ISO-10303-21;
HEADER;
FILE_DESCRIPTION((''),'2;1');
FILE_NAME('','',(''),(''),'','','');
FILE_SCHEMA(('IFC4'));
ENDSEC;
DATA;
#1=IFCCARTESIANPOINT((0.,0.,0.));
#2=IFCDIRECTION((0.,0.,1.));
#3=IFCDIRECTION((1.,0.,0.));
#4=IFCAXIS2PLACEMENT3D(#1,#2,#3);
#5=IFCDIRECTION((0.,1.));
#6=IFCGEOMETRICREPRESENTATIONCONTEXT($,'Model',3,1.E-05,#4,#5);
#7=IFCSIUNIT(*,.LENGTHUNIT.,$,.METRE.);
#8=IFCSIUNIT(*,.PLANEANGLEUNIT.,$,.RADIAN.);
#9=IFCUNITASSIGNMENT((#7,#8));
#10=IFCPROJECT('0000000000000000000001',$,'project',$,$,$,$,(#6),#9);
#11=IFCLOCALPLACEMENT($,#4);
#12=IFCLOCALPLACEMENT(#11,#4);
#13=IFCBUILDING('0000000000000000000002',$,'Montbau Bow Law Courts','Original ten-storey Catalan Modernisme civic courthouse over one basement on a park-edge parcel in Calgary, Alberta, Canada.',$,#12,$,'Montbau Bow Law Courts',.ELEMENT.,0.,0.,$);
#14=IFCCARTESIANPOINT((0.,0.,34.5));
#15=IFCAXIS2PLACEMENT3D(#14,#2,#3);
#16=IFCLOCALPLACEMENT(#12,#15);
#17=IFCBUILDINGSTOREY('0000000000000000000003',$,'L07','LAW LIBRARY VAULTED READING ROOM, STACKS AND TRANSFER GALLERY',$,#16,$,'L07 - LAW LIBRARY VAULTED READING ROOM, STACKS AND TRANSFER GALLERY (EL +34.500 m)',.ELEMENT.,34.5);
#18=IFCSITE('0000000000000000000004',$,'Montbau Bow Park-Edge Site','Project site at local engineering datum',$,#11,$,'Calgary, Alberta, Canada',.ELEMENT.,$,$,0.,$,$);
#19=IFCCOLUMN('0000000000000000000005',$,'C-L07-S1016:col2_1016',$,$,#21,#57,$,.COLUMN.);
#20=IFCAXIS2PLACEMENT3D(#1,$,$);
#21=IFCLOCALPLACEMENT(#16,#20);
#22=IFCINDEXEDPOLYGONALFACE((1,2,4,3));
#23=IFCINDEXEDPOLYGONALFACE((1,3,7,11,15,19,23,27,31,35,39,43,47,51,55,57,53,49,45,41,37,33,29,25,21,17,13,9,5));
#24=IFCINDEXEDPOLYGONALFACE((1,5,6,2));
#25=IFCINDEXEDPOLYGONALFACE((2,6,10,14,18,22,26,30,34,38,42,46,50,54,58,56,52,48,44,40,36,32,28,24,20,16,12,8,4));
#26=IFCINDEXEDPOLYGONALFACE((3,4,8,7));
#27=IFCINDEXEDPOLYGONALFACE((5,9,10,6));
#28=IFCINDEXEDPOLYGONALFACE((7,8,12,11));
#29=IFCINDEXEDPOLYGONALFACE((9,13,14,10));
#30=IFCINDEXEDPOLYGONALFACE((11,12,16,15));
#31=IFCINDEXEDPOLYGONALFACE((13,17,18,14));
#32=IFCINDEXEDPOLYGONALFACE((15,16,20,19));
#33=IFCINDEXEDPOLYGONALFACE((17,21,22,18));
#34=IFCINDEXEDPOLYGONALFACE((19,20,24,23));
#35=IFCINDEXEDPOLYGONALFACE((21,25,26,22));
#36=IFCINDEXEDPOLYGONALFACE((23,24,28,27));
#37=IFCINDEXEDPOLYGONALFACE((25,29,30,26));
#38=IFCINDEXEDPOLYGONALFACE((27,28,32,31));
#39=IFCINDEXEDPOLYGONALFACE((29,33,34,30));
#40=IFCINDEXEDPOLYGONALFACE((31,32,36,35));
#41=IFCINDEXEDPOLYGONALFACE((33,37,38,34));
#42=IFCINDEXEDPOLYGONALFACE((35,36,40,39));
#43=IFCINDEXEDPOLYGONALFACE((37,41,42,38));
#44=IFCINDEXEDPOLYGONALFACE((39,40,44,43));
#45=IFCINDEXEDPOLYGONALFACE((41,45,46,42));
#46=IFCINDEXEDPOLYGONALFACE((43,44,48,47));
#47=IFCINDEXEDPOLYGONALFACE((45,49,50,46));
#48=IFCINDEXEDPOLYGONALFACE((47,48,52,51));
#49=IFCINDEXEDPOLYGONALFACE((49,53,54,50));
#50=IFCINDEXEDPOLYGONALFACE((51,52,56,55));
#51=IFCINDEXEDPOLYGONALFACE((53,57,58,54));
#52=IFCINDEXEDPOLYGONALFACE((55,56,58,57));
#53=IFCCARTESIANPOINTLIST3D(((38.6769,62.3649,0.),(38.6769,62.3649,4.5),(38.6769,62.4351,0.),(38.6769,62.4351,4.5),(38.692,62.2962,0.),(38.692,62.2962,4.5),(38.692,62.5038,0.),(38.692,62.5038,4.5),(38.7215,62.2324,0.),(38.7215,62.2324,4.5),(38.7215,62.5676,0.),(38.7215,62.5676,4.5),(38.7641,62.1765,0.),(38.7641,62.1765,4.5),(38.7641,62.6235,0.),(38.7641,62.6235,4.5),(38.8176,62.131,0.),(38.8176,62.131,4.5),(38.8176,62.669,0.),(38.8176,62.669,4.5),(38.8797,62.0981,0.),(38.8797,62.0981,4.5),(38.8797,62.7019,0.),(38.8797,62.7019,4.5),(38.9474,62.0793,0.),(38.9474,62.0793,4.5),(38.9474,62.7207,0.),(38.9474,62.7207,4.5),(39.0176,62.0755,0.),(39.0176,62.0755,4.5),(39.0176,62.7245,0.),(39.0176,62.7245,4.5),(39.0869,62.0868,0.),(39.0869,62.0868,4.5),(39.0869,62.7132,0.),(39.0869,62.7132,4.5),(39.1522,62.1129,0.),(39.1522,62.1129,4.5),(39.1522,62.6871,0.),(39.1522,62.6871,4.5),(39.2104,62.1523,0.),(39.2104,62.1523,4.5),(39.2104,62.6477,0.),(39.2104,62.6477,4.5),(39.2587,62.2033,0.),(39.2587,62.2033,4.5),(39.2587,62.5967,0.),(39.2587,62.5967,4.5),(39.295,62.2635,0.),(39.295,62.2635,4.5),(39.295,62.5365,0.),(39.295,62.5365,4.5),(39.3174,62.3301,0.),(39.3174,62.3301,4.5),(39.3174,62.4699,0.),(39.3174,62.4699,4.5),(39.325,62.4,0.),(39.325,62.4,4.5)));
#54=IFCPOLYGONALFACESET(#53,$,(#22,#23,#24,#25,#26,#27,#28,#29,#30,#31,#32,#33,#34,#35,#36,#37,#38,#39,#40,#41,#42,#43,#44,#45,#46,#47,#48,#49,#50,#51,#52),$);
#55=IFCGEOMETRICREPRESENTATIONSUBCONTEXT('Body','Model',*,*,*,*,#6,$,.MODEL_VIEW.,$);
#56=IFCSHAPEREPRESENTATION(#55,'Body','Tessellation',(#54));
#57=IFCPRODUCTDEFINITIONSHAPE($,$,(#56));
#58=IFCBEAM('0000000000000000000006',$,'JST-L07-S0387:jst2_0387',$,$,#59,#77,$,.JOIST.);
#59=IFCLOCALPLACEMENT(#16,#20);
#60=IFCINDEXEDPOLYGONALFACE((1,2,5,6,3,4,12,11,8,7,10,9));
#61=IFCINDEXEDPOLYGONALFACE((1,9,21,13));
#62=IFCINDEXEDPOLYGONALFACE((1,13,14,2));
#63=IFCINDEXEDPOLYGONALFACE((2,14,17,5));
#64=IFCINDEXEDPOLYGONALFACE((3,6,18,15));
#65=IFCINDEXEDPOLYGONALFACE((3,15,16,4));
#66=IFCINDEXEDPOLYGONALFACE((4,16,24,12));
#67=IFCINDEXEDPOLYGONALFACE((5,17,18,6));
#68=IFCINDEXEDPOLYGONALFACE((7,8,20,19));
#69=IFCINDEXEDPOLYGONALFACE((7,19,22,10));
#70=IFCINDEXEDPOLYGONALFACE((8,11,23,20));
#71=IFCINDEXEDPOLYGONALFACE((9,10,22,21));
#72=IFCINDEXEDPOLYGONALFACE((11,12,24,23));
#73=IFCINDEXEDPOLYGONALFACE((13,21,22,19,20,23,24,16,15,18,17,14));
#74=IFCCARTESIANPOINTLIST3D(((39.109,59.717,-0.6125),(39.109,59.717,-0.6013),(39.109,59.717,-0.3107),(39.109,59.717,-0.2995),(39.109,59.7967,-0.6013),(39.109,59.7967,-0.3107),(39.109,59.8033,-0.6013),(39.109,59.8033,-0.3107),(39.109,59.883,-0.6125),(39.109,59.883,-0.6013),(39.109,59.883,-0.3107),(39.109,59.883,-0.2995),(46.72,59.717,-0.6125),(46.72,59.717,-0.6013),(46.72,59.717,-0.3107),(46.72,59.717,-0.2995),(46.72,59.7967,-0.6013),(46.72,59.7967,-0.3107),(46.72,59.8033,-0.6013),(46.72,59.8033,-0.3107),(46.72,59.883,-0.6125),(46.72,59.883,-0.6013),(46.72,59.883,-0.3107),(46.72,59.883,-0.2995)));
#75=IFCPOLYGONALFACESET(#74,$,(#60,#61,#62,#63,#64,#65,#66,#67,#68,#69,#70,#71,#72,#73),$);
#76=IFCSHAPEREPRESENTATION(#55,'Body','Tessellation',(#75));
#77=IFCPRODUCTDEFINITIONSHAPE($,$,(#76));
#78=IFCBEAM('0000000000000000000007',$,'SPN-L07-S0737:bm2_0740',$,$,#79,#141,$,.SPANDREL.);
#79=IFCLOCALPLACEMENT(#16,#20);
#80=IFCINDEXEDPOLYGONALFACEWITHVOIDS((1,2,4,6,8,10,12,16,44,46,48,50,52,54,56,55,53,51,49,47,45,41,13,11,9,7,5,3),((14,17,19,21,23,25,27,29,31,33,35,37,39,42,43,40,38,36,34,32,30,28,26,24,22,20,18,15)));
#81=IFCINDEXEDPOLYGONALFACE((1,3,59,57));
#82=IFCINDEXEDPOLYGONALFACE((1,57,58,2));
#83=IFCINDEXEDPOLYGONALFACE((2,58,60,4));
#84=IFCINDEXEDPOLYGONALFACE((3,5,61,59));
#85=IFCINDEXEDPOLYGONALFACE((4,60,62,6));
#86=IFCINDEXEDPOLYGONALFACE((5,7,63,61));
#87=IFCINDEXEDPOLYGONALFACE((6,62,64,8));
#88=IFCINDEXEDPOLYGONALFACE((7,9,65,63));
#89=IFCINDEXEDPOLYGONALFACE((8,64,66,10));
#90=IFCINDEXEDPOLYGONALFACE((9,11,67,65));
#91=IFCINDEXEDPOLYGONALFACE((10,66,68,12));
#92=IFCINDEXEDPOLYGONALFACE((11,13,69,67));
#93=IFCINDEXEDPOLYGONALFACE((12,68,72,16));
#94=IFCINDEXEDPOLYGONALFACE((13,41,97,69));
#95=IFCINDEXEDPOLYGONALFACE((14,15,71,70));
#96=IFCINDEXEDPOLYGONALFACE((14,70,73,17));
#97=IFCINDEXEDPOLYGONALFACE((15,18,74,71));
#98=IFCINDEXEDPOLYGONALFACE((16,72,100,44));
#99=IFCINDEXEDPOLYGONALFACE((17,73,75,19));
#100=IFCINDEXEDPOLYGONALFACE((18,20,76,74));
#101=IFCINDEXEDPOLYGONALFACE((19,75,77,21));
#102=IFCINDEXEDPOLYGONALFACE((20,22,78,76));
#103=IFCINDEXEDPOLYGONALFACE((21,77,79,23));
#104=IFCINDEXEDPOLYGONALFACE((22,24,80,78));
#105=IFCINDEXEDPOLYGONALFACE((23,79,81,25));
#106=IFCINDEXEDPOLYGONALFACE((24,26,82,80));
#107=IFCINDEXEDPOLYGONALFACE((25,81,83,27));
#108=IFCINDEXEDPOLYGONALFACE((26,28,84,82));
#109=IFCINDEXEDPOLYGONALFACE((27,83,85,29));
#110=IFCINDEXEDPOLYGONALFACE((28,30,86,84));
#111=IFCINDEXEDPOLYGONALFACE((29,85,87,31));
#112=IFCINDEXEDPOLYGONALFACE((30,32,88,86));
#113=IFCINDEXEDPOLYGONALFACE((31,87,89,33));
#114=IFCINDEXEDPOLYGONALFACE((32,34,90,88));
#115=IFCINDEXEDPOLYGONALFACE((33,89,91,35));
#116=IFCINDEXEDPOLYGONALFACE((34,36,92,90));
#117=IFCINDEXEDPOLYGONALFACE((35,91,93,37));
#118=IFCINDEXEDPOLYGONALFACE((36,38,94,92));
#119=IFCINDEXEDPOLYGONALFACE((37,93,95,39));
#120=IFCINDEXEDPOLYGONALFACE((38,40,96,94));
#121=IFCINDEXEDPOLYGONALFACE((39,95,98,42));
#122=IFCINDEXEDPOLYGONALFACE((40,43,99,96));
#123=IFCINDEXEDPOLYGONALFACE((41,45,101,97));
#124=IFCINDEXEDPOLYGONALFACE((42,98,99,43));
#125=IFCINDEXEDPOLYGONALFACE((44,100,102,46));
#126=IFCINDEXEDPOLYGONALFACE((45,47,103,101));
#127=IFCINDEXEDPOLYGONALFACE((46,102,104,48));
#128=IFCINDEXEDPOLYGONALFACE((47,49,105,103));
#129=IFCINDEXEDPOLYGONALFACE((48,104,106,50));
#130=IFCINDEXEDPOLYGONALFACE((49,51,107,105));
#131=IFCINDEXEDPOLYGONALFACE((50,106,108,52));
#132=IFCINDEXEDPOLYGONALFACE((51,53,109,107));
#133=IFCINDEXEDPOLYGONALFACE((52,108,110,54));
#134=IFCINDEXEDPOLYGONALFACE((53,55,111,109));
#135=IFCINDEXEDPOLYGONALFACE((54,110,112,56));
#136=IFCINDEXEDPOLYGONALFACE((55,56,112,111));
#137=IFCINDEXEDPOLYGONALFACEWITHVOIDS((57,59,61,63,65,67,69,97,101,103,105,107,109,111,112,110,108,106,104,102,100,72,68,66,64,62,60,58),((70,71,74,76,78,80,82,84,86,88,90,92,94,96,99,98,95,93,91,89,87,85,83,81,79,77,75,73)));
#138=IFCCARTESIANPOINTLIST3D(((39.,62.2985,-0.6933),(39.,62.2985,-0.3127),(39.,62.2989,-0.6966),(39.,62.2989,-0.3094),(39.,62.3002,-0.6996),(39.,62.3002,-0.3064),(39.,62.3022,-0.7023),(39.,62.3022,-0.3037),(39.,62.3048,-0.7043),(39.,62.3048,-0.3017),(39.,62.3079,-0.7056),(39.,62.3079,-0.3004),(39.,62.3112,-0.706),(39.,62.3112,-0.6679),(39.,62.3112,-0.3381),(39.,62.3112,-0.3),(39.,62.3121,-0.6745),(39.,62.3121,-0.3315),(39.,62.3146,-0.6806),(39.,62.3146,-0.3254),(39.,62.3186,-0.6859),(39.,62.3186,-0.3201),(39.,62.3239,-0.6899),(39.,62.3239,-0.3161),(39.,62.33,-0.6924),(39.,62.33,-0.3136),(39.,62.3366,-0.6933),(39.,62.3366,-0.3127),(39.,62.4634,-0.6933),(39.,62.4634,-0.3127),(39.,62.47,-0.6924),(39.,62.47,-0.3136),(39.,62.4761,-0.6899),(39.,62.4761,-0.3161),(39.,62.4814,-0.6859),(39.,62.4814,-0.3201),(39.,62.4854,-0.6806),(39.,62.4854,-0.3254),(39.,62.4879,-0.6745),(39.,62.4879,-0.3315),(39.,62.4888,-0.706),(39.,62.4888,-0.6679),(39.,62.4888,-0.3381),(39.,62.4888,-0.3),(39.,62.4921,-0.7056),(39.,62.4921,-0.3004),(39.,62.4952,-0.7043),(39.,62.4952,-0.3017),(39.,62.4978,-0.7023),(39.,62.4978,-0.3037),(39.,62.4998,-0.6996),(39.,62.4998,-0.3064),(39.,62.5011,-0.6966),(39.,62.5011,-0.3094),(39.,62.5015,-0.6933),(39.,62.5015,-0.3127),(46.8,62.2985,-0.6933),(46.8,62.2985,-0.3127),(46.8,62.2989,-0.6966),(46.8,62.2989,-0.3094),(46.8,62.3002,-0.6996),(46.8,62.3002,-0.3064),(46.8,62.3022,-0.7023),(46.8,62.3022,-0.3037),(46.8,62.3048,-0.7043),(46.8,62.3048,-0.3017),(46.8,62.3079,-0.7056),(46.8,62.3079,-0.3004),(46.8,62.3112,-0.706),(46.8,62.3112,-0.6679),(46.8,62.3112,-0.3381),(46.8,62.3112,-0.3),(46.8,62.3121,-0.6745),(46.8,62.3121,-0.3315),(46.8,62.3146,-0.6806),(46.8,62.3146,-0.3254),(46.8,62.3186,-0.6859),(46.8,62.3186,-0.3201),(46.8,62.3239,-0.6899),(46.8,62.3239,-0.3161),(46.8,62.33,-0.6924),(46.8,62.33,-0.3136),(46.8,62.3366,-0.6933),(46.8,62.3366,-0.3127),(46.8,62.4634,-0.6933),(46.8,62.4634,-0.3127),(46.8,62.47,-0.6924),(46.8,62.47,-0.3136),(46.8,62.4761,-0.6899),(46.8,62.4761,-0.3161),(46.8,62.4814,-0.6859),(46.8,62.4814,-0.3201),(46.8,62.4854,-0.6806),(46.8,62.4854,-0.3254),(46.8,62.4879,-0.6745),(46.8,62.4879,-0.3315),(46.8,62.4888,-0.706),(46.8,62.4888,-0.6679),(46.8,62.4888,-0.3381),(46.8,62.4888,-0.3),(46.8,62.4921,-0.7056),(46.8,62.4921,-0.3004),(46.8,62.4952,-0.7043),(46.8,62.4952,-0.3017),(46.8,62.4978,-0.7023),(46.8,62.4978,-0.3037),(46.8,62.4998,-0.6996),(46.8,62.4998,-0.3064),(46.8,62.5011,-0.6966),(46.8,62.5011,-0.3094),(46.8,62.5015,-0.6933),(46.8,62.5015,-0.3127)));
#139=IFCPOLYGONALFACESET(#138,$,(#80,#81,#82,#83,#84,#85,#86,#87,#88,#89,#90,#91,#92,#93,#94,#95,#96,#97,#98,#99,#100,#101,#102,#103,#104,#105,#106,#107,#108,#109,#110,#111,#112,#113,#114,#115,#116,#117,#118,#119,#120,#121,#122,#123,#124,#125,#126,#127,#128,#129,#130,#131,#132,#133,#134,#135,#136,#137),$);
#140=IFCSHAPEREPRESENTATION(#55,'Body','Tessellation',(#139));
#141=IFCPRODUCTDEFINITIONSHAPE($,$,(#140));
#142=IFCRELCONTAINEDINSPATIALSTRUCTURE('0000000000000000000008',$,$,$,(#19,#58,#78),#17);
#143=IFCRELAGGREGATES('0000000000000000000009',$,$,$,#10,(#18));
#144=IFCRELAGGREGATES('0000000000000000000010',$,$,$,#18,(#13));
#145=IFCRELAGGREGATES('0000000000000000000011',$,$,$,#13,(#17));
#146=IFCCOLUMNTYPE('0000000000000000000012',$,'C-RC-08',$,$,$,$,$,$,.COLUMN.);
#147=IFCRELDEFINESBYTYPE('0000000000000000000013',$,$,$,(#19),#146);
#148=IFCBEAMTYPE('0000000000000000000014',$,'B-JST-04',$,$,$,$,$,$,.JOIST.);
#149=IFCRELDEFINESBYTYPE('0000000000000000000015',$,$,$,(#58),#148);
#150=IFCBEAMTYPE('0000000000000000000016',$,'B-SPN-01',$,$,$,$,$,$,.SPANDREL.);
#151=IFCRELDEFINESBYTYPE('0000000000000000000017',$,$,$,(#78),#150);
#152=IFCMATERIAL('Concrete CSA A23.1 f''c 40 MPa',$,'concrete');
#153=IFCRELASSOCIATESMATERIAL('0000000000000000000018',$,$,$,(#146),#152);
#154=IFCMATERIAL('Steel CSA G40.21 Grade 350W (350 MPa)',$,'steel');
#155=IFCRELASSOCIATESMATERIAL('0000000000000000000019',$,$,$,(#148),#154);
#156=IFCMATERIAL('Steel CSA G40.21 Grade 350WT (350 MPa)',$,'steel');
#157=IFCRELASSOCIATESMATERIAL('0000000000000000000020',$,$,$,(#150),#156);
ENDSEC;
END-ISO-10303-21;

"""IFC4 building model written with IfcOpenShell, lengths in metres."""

from ifc_helpers import new_model, si_unit, direction, frame, origin_with_axes, origin_2d_with_axis, place, context, subcontext, project, spatial, hollow_rectangle, circle, i_section, extrude, material, material_profile, profile_set, type_object, element, save


model = new_model("IFC4")

# Units and contexts
model_context = context("Model", 3, precision=1e-05, world=origin_with_axes(), true_north=direction((0.0, 1.0)))
body_context = subcontext(model_context, "Body", "Model", "MODEL_VIEW")
ifc_project = project(units=[si_unit("LENGTHUNIT", "METRE"), si_unit("PLANEANGLEUNIT", "RADIAN")], contexts=[model_context])

# Site, building, storey
site_placement = place(None, origin_with_axes())
site = spatial("IfcSite", under=ifc_project, at=site_placement, Name="Montbau Bow Park-Edge Site", Description="Project site at local engineering datum", LongName="Calgary, Alberta, Canada", CompositionType="ELEMENT", RefElevation=0.0)
building_placement = place(site_placement, origin_with_axes())
building = spatial("IfcBuilding", under=site, at=building_placement, Name="Montbau Bow Law Courts", Description="Original ten-storey Catalan Modernisme civic courthouse over one basement on a park-edge parcel in Calgary, Alberta, Canada.", LongName="Montbau Bow Law Courts", CompositionType="ELEMENT", ElevationOfRefHeight=0.0, ElevationOfTerrain=0.0)
storey_placement = place(building_placement, frame((0.0, 0.0, 34.5), z_axis=(0.0, 0.0, 1.0), x_axis=(1.0, 0.0, 0.0)))
storey = spatial("IfcBuildingStorey", under=building, at=storey_placement, Name="L07", Description="LAW LIBRARY VAULTED READING ROOM, STACKS AND TRANSFER GALLERY", LongName="L07 - LAW LIBRARY VAULTED READING ROOM, STACKS AND TRANSFER GALLERY (EL +34.500 m)", CompositionType="ELEMENT", Elevation=34.5)

# Column
ifc_material_1 = material(Name="Concrete CSA A23.1 f'c 40 MPa", Category="concrete")
ifc_material_profile_1 = material_profile(ifc_material_1, circle(Radius=0.325, at=origin_2d_with_axis()), Name="RC650D", Category="Main", Priority=0)
ifc_profile_set_1 = profile_set([ifc_material_profile_1], Name="Concrete CSA A23.1 f'c 40 MPa")
column_type = type_object("IfcColumnType", Name="C-RC-08", PredefinedType="COLUMN", material=ifc_profile_set_1)
column_placement = place(None, frame((39.0, 62.4, 34.5), z_axis=(0.0, 0.0, 1.0), x_axis=(1.0, 0.0, 0.0)))
element("IfcColumn", 1, at=column_placement, inside=storey, type_object=column_type, Name="C-L07-S1016:col2_1016", PredefinedType="COLUMN", context=body_context, shape_type="SweptSolid", body=[
    extrude(circle(Radius=0.325, at=origin_2d_with_axis()), origin_with_axes(), (0.0, 0.0, 1.0), 4.5),
])

# Beams
ifc_material_2 = material(Name="Steel CSA G40.21 Grade 350W (350 MPa)", Category="steel")
ifc_material_profile_2 = material_profile(ifc_material_2, i_section(OverallWidth=0.166, OverallDepth=0.313, WebThickness=0.0066, FlangeThickness=0.0112, at=origin_2d_with_axis()), Name="W310X45", Category="Main", Priority=0)
ifc_profile_set_2 = profile_set([ifc_material_profile_2], Name="Steel CSA G40.21 Grade 350W (350 MPa)")
beam_type_1 = type_object("IfcBeamType", Name="B-JST-04", PredefinedType="JOIST", material=ifc_profile_set_2)
beam_1_placement = place(None, frame((39.109, 59.8, 34.044), z_axis=(1.0, 0.0, 0.0), x_axis=(0.0, 1.0, 0.0)))
element("IfcBeam", 2, at=beam_1_placement, inside=storey, type_object=beam_type_1, Name="JST-L07-S0387:jst2_0387", PredefinedType="JOIST", context=body_context, shape_type="SweptSolid", body=[
    extrude(i_section(OverallWidth=0.166, OverallDepth=0.313, WebThickness=0.0066, FlangeThickness=0.0112, at=origin_2d_with_axis()), origin_with_axes(), (0.0, 0.0, 1.0), 7.611),
])
ifc_material_3 = material(Name="Steel CSA G40.21 Grade 350WT (350 MPa)", Category="steel")
ifc_material_profile_3 = material_profile(ifc_material_3, hollow_rectangle(XDim=0.203, YDim=0.406, WallThickness=0.0127, InnerFilletRadius=0.0254, OuterFilletRadius=0.0127, at=origin_2d_with_axis()), Name="HSS406X203X13", Category="Main", Priority=0)
ifc_profile_set_3 = profile_set([ifc_material_profile_3], Name="Steel CSA G40.21 Grade 350WT (350 MPa)")
beam_type_2 = type_object("IfcBeamType", Name="B-SPN-01", PredefinedType="SPANDREL", material=ifc_profile_set_3)
beam_2_placement = place(None, frame((39.0, 62.4, 33.997), z_axis=(1.0, 0.0, 0.0), x_axis=(0.0, 1.0, 0.0)))
element("IfcBeam", 3, at=beam_2_placement, inside=storey, type_object=beam_type_2, Name="SPN-L07-S0737:bm2_0740", PredefinedType="SPANDREL", context=body_context, shape_type="SweptSolid", body=[
    extrude(hollow_rectangle(XDim=0.203, YDim=0.406, WallThickness=0.0127, InnerFilletRadius=0.0254, OuterFilletRadius=0.0127, at=origin_2d_with_axis()), origin_with_axes(), (0.0, 0.0, 1.0), 7.8),
])

save(model, "model.ifc")
